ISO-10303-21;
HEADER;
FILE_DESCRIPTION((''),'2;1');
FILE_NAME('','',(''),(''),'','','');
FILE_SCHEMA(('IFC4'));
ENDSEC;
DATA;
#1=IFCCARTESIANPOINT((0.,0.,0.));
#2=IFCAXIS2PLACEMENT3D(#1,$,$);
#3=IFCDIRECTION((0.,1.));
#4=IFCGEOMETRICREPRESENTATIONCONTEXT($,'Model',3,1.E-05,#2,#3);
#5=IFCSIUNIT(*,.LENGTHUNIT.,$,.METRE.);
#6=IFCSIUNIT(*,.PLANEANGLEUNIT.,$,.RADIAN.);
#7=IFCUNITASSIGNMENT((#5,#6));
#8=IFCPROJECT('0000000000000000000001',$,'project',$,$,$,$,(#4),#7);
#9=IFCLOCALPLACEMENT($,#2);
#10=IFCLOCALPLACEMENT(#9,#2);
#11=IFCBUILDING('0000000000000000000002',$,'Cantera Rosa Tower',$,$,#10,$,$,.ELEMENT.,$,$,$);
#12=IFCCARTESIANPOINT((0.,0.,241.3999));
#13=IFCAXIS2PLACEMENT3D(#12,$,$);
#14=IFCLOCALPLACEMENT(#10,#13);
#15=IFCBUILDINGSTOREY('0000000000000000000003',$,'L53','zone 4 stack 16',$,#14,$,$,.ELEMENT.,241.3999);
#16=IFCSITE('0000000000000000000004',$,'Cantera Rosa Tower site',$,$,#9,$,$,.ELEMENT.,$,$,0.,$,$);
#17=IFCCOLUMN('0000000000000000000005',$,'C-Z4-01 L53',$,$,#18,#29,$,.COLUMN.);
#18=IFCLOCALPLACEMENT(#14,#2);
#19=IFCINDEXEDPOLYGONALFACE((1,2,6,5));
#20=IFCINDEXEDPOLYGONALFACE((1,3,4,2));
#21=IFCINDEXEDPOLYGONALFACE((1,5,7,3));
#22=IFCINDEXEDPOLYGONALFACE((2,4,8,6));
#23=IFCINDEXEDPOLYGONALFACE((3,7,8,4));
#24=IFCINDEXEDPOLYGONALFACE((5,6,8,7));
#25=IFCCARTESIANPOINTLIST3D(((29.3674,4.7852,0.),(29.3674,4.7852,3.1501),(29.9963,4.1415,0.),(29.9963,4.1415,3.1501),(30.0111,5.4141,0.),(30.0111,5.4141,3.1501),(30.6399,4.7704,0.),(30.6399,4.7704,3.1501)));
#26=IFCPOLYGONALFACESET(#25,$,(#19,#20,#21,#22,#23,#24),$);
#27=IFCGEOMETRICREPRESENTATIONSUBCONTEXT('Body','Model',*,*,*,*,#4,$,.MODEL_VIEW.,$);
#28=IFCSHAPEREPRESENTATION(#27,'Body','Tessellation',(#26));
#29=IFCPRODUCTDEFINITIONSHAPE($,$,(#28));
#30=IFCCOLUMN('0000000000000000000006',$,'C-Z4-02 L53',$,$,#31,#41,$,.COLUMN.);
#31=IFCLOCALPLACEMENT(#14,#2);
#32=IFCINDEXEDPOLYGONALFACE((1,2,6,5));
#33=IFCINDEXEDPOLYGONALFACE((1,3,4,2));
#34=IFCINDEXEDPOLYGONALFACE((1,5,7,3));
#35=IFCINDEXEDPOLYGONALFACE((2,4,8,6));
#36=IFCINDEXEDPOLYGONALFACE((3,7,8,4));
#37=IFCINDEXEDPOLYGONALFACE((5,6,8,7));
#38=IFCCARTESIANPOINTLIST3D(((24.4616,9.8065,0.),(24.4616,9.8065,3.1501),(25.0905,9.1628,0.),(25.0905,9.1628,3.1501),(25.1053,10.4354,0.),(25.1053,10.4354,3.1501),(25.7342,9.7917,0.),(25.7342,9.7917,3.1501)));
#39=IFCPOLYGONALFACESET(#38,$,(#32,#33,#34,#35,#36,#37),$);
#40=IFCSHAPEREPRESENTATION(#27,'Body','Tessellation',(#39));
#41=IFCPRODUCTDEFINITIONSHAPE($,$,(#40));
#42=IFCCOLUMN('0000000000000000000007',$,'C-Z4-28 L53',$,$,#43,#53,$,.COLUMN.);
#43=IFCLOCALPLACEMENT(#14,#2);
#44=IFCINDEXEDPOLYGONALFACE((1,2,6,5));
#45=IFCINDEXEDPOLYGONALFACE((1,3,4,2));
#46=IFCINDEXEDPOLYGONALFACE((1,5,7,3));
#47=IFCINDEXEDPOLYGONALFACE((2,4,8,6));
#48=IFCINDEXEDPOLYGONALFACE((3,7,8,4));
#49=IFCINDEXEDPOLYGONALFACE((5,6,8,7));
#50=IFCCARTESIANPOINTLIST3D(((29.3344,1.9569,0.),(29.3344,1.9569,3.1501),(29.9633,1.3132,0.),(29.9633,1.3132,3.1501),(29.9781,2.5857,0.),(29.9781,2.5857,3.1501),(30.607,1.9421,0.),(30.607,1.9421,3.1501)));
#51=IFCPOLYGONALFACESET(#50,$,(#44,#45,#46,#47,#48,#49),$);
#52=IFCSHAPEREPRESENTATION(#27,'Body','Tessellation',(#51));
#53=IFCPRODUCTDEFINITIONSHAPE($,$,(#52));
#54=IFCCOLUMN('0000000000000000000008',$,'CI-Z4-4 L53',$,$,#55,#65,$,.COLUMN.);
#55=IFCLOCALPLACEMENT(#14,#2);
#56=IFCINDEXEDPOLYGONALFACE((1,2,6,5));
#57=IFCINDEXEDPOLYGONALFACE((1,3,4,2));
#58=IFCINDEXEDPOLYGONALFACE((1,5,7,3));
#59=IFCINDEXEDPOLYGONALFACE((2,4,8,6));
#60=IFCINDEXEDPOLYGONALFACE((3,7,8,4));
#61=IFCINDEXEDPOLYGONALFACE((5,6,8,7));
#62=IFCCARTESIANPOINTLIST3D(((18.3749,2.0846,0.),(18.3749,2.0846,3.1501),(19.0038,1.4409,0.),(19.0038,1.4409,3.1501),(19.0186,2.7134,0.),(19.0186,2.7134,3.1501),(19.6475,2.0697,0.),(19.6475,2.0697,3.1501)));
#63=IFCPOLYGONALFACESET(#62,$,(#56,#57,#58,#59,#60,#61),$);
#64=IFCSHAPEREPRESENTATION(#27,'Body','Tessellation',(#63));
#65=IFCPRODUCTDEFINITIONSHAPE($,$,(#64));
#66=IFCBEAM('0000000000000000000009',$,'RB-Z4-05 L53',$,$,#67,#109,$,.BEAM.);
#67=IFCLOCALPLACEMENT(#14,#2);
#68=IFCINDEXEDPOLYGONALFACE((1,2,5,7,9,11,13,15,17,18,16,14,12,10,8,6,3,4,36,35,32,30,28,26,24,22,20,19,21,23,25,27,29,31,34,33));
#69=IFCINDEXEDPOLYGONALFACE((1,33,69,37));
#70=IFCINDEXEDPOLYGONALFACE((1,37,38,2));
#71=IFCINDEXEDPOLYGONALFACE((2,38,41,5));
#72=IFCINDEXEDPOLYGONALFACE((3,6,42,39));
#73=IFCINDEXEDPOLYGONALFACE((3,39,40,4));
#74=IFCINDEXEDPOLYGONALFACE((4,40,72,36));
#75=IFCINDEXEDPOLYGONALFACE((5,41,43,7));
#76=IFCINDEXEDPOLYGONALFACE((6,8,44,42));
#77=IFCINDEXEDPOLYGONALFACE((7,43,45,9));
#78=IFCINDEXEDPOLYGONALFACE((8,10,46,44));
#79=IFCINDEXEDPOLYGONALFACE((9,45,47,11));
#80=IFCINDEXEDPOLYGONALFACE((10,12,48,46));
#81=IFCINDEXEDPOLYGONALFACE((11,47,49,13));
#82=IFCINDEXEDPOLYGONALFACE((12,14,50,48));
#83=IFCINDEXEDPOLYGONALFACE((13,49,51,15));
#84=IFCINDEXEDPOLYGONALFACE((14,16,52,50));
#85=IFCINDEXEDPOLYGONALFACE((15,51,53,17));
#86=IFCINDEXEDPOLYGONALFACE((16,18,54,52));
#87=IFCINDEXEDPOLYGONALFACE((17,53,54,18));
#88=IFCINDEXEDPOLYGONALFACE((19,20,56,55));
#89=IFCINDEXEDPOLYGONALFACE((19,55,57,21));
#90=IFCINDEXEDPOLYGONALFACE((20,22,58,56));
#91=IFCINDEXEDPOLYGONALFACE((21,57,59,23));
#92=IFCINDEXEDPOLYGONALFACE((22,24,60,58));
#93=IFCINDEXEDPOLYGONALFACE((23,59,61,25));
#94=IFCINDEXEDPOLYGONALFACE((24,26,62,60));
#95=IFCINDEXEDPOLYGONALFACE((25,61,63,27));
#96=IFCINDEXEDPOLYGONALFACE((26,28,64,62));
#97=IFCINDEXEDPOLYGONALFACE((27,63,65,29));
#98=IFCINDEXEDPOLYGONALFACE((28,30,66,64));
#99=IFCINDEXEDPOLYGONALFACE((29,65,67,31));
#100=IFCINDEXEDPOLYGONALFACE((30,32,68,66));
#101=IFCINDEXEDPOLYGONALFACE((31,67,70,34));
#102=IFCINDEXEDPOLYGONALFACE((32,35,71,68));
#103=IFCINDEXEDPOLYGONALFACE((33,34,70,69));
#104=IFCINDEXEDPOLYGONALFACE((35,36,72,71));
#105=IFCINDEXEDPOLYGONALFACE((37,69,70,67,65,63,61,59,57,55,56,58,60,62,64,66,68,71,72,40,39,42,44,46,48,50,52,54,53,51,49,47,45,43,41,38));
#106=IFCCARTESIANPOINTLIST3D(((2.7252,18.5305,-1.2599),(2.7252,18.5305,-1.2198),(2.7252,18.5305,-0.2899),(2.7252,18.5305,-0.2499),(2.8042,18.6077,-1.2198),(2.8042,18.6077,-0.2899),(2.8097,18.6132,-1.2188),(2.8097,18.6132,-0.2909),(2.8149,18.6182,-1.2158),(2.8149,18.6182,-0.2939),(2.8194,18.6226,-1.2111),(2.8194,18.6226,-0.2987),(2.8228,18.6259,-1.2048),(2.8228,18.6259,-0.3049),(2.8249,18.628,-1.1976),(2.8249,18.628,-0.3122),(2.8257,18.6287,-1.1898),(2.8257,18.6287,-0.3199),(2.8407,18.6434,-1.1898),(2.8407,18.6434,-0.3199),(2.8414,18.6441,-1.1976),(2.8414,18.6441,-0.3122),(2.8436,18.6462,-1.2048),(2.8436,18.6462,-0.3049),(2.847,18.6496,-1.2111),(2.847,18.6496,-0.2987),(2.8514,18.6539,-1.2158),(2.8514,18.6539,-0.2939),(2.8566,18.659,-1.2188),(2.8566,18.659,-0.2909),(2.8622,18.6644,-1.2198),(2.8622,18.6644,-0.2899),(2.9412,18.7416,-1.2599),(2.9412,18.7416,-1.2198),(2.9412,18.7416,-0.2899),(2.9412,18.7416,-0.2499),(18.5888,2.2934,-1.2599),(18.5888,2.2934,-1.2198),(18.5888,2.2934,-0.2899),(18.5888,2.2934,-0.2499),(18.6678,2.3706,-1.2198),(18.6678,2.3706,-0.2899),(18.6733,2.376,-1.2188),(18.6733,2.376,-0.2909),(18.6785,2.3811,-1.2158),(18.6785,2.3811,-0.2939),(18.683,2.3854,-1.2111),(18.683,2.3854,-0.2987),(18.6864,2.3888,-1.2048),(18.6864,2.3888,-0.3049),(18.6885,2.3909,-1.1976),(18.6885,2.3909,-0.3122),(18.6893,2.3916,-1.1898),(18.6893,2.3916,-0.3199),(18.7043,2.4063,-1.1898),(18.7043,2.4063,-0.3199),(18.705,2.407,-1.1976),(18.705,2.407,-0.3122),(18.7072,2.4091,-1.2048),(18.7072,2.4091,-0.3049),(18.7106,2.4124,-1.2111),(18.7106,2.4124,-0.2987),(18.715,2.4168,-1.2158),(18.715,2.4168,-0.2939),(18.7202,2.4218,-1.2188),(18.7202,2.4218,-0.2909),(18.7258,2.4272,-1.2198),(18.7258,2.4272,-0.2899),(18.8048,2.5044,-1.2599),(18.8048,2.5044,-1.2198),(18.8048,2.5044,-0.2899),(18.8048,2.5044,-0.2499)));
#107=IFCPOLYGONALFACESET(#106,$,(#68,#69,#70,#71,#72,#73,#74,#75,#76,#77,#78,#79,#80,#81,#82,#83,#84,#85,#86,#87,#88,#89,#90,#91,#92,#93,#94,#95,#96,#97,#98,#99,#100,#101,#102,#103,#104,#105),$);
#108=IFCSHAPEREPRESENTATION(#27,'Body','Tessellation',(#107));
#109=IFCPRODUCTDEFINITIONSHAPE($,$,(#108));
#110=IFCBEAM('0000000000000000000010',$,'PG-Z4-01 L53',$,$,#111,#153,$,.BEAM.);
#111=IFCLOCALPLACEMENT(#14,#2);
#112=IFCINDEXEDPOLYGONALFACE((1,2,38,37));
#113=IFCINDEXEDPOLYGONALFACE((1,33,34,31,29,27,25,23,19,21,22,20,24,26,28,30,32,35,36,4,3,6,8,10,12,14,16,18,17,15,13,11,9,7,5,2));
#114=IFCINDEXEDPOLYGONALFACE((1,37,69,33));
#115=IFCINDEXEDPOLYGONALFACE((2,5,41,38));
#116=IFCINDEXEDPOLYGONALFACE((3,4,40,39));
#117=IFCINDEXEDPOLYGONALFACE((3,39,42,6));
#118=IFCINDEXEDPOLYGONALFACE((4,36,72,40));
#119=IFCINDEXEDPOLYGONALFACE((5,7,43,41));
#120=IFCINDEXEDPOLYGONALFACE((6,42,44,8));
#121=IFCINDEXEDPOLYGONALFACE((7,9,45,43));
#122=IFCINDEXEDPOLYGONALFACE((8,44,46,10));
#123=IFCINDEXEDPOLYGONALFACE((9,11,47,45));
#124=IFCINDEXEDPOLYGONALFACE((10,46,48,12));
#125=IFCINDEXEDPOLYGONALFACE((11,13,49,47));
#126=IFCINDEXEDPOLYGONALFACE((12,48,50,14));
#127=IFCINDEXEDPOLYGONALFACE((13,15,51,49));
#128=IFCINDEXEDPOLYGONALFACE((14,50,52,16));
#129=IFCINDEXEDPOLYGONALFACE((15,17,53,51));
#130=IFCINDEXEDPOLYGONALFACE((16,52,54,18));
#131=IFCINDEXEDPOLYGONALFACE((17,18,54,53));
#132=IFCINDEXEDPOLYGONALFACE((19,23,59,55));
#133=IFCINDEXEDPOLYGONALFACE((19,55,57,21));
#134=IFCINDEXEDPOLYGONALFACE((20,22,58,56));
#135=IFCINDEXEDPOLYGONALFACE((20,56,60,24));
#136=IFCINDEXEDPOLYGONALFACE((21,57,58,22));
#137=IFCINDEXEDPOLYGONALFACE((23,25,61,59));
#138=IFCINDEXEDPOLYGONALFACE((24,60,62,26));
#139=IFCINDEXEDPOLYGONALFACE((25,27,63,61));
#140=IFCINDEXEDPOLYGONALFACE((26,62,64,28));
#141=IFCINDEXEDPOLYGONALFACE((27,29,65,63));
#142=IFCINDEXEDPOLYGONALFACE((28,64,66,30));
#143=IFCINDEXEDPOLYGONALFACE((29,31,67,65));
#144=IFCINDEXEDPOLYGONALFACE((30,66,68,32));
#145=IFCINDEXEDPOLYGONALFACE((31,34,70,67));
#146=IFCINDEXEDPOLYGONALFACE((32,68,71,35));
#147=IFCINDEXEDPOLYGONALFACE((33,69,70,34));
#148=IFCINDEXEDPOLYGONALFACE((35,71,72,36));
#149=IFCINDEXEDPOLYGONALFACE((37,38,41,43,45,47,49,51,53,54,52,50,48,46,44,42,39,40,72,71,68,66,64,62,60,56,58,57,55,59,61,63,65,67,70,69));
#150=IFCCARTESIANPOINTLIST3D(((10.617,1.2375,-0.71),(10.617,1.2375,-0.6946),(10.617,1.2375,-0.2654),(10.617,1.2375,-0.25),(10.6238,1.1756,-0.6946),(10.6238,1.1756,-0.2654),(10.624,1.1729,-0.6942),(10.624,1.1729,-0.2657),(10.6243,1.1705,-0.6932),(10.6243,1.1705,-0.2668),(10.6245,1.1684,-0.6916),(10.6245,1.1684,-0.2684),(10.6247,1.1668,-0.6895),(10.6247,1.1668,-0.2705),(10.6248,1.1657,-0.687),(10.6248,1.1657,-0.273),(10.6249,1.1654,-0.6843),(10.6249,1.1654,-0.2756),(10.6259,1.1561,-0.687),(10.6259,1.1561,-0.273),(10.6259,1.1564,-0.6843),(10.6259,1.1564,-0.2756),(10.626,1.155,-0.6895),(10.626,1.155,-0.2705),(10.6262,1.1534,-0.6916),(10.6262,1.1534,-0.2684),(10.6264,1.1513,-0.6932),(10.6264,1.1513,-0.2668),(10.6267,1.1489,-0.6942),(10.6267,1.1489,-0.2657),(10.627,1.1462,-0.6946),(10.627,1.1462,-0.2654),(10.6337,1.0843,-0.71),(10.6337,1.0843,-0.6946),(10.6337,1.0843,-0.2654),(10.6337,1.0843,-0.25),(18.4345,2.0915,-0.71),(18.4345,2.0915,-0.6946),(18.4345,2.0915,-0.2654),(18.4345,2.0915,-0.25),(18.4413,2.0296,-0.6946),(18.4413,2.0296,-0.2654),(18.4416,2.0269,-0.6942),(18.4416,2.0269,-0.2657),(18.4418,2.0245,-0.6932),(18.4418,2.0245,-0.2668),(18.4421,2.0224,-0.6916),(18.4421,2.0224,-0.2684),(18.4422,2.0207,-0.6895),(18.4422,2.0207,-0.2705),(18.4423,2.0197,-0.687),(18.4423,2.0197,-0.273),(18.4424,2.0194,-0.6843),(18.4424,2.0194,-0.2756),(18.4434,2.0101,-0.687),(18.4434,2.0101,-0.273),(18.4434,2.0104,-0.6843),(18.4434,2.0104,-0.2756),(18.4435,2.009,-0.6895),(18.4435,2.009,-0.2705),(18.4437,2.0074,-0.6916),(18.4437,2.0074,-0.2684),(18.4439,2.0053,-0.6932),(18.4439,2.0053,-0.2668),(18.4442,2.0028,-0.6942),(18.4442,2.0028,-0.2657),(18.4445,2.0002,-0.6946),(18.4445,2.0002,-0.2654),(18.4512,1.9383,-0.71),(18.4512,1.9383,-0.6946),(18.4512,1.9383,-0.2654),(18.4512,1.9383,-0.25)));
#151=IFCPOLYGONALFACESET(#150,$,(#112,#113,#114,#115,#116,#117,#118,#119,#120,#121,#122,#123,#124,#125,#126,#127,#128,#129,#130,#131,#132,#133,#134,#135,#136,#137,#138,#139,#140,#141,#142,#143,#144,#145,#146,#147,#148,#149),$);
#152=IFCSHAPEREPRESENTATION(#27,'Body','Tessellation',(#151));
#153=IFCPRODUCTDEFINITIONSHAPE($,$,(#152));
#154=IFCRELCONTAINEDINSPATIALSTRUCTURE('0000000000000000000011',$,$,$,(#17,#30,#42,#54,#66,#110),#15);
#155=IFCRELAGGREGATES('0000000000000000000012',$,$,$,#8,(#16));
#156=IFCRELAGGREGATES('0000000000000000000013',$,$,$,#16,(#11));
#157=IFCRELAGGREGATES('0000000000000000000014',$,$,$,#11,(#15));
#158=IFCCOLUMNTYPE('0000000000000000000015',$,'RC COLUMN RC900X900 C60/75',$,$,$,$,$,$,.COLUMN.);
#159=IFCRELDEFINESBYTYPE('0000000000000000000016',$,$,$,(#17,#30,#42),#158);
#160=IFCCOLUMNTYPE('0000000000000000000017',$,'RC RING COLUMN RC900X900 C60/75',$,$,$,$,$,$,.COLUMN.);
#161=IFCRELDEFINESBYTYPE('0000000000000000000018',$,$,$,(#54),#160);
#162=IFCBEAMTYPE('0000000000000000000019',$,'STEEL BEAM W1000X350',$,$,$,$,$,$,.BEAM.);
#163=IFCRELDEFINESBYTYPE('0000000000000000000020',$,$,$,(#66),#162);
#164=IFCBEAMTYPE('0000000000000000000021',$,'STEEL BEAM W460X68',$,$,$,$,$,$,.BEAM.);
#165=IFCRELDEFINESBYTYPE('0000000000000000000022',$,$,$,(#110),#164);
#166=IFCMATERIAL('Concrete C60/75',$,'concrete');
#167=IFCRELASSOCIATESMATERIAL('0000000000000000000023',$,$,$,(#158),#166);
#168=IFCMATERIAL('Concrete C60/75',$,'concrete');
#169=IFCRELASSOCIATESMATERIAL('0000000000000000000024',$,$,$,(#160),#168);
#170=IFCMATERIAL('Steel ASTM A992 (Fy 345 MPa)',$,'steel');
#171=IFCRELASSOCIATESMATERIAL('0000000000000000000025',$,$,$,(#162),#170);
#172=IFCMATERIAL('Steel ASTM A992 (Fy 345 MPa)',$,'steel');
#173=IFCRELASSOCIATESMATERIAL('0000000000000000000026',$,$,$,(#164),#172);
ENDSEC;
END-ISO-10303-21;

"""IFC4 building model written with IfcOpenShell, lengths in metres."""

from ifc_helpers import new_model, si_unit, direction, frame, origin, origin_2d, place, context, subcontext, project, spatial, rectangle, i_section, extrude, material, material_profile, profile_set, type_object, element, save


model = new_model("IFC4")

# Units and contexts
model_context = context("Model", 3, precision=1e-05, world=origin(), true_north=direction((0.0, 1.0)))
body_context = subcontext(model_context, "Body", "Model", "MODEL_VIEW")
ifc_project = project(units=[si_unit("LENGTHUNIT", "METRE"), si_unit("PLANEANGLEUNIT", "RADIAN")], contexts=[model_context])

# Site, building, storey
site_placement = place(None, origin())
site = spatial("IfcSite", under=ifc_project, at=site_placement, Name="Cantera Rosa Tower site", CompositionType="ELEMENT", RefElevation=0.0)
building_placement = place(site_placement, origin())
building = spatial("IfcBuilding", under=site, at=building_placement, Name="Cantera Rosa Tower", CompositionType="ELEMENT")
storey_placement = place(building_placement, frame((0.0, 0.0, 241.3999)))
storey = spatial("IfcBuildingStorey", under=building, at=storey_placement, Name="L53", Description="zone 4 stack 16", CompositionType="ELEMENT", Elevation=241.3999)

# Columns
ifc_material_1 = material(Name="Concrete C60/75", Category="concrete")
ifc_material_profile_1 = material_profile(ifc_material_1, rectangle(XDim=0.8999, YDim=0.8999, at=origin_2d()), Name="RC COLUMN RC900X900 C60/75")
ifc_profile_set_1 = profile_set([ifc_material_profile_1], Name="Concrete C60/75")
column_type_1 = type_object("IfcColumnType", Name="RC COLUMN RC900X900 C60/75", PredefinedType="COLUMN", material=ifc_profile_set_1)
for number, where, z_axis, x_axis, name in (
    (1, (30.0037, 4.7778, 0.0), (0.0, 0.0, 1.0), (0.715286, 0.698832, 0.0), "C-Z4-01 L53"),
    (2, (25.0979, 9.7991, 0.0), (0.0, 0.0, 1.0), (0.715286, 0.698832, 0.0), "C-Z4-02 L53"),
    (3, (29.9707, 1.9495, 0.0), (0.0, 0.0, 1.0), (0.715286, 0.698832, 0.0), "C-Z4-28 L53"),
):
    element("IfcColumn", number, at=place(storey_placement, frame(where, z_axis=z_axis, x_axis=x_axis)), inside=storey, type_object=column_type_1, Name=name, PredefinedType="COLUMN", context=body_context, shape_type="SweptSolid", body=[
        extrude(rectangle(XDim=0.8999, YDim=0.8999, at=origin_2d()), origin(), (0.0, 0.0, 1.0), 3.1501),
    ])
ifc_material_2 = material(Name="Concrete C60/75", Category="concrete")
ifc_material_profile_2 = material_profile(ifc_material_2, rectangle(XDim=0.8999, YDim=0.8999, at=origin_2d()), Name="RC RING COLUMN RC900X900 C60/75")
ifc_profile_set_2 = profile_set([ifc_material_profile_2], Name="Concrete C60/75")
column_type_2 = type_object("IfcColumnType", Name="RC RING COLUMN RC900X900 C60/75", PredefinedType="COLUMN", material=ifc_profile_set_2)
column_placement = place(storey_placement, frame((19.0112, 2.0771, 0.0), z_axis=(0.0, 0.0, 1.0), x_axis=(0.715286, 0.698832, 0.0)))
element("IfcColumn", 4, at=column_placement, inside=storey, type_object=column_type_2, Name="CI-Z4-4 L53", PredefinedType="COLUMN", context=body_context, shape_type="SweptSolid", body=[
    extrude(rectangle(XDim=0.8999, YDim=0.8999, at=origin_2d()), origin(), (0.0, 0.0, 1.0), 3.1501),
])

# Beams
ifc_material_3 = material(Name="Steel ASTM A992 (Fy 345 MPa)", Category="steel")
ifc_material_profile_3 = material_profile(ifc_material_3, i_section(OverallWidth=0.302, OverallDepth=1.01, WebThickness=0.021, FlangeThickness=0.04, FilletRadius=0.03, at=origin_2d()), Name="W1000X350")
ifc_profile_set_3 = profile_set([ifc_material_profile_3], Name="Steel ASTM A992 (Fy 345 MPa)")
beam_type_1 = type_object("IfcBeamType", Name="STEEL BEAM W1000X350", PredefinedType="BEAM", material=ifc_profile_set_3)
beam_1_placement = place(storey_placement, frame((18.6968, 2.3989, -0.7549), z_axis=(-0.698831, 0.715287, 0.0), x_axis=(-0.715287, -0.698831, 0.0)))
element("IfcBeam", 5, at=beam_1_placement, inside=storey, type_object=beam_type_1, Name="RB-Z4-05 L53", PredefinedType="BEAM", context=body_context, shape_type="SweptSolid", body=[
    extrude(i_section(OverallWidth=0.302, OverallDepth=1.01, WebThickness=0.021, FlangeThickness=0.04, FilletRadius=0.03, at=origin_2d()), origin(), (0.0, 0.0, 1.0), 22.7002),
])
ifc_material_4 = material(Name="Steel ASTM A992 (Fy 345 MPa)", Category="steel")
ifc_material_profile_4 = material_profile(ifc_material_4, i_section(OverallWidth=0.1541, OverallDepth=0.46, WebThickness=0.009, FlangeThickness=0.0154, FilletRadius=0.0103, at=origin_2d()), Name="W460X68")
ifc_profile_set_4 = profile_set([ifc_material_profile_4], Name="Steel ASTM A992 (Fy 345 MPa)")
beam_type_2 = type_object("IfcBeamType", Name="STEEL BEAM W460X68", PredefinedType="BEAM", material=ifc_profile_set_4)
beam_2_placement = place(storey_placement, frame((18.4429, 2.0149, -0.48), z_axis=(-0.994086, -0.108595, 0.0), x_axis=(0.108595, -0.994086, 0.0)))
element("IfcBeam", 6, at=beam_2_placement, inside=storey, type_object=beam_type_2, Name="PG-Z4-01 L53", PredefinedType="BEAM", context=body_context, shape_type="SweptSolid", body=[
    extrude(i_section(OverallWidth=0.1541, OverallDepth=0.46, WebThickness=0.009, FlangeThickness=0.0154, FilletRadius=0.0103, at=origin_2d()), origin(), (0.0, 0.0, 1.0), 7.864),
])

save(model, "model.ifc")
